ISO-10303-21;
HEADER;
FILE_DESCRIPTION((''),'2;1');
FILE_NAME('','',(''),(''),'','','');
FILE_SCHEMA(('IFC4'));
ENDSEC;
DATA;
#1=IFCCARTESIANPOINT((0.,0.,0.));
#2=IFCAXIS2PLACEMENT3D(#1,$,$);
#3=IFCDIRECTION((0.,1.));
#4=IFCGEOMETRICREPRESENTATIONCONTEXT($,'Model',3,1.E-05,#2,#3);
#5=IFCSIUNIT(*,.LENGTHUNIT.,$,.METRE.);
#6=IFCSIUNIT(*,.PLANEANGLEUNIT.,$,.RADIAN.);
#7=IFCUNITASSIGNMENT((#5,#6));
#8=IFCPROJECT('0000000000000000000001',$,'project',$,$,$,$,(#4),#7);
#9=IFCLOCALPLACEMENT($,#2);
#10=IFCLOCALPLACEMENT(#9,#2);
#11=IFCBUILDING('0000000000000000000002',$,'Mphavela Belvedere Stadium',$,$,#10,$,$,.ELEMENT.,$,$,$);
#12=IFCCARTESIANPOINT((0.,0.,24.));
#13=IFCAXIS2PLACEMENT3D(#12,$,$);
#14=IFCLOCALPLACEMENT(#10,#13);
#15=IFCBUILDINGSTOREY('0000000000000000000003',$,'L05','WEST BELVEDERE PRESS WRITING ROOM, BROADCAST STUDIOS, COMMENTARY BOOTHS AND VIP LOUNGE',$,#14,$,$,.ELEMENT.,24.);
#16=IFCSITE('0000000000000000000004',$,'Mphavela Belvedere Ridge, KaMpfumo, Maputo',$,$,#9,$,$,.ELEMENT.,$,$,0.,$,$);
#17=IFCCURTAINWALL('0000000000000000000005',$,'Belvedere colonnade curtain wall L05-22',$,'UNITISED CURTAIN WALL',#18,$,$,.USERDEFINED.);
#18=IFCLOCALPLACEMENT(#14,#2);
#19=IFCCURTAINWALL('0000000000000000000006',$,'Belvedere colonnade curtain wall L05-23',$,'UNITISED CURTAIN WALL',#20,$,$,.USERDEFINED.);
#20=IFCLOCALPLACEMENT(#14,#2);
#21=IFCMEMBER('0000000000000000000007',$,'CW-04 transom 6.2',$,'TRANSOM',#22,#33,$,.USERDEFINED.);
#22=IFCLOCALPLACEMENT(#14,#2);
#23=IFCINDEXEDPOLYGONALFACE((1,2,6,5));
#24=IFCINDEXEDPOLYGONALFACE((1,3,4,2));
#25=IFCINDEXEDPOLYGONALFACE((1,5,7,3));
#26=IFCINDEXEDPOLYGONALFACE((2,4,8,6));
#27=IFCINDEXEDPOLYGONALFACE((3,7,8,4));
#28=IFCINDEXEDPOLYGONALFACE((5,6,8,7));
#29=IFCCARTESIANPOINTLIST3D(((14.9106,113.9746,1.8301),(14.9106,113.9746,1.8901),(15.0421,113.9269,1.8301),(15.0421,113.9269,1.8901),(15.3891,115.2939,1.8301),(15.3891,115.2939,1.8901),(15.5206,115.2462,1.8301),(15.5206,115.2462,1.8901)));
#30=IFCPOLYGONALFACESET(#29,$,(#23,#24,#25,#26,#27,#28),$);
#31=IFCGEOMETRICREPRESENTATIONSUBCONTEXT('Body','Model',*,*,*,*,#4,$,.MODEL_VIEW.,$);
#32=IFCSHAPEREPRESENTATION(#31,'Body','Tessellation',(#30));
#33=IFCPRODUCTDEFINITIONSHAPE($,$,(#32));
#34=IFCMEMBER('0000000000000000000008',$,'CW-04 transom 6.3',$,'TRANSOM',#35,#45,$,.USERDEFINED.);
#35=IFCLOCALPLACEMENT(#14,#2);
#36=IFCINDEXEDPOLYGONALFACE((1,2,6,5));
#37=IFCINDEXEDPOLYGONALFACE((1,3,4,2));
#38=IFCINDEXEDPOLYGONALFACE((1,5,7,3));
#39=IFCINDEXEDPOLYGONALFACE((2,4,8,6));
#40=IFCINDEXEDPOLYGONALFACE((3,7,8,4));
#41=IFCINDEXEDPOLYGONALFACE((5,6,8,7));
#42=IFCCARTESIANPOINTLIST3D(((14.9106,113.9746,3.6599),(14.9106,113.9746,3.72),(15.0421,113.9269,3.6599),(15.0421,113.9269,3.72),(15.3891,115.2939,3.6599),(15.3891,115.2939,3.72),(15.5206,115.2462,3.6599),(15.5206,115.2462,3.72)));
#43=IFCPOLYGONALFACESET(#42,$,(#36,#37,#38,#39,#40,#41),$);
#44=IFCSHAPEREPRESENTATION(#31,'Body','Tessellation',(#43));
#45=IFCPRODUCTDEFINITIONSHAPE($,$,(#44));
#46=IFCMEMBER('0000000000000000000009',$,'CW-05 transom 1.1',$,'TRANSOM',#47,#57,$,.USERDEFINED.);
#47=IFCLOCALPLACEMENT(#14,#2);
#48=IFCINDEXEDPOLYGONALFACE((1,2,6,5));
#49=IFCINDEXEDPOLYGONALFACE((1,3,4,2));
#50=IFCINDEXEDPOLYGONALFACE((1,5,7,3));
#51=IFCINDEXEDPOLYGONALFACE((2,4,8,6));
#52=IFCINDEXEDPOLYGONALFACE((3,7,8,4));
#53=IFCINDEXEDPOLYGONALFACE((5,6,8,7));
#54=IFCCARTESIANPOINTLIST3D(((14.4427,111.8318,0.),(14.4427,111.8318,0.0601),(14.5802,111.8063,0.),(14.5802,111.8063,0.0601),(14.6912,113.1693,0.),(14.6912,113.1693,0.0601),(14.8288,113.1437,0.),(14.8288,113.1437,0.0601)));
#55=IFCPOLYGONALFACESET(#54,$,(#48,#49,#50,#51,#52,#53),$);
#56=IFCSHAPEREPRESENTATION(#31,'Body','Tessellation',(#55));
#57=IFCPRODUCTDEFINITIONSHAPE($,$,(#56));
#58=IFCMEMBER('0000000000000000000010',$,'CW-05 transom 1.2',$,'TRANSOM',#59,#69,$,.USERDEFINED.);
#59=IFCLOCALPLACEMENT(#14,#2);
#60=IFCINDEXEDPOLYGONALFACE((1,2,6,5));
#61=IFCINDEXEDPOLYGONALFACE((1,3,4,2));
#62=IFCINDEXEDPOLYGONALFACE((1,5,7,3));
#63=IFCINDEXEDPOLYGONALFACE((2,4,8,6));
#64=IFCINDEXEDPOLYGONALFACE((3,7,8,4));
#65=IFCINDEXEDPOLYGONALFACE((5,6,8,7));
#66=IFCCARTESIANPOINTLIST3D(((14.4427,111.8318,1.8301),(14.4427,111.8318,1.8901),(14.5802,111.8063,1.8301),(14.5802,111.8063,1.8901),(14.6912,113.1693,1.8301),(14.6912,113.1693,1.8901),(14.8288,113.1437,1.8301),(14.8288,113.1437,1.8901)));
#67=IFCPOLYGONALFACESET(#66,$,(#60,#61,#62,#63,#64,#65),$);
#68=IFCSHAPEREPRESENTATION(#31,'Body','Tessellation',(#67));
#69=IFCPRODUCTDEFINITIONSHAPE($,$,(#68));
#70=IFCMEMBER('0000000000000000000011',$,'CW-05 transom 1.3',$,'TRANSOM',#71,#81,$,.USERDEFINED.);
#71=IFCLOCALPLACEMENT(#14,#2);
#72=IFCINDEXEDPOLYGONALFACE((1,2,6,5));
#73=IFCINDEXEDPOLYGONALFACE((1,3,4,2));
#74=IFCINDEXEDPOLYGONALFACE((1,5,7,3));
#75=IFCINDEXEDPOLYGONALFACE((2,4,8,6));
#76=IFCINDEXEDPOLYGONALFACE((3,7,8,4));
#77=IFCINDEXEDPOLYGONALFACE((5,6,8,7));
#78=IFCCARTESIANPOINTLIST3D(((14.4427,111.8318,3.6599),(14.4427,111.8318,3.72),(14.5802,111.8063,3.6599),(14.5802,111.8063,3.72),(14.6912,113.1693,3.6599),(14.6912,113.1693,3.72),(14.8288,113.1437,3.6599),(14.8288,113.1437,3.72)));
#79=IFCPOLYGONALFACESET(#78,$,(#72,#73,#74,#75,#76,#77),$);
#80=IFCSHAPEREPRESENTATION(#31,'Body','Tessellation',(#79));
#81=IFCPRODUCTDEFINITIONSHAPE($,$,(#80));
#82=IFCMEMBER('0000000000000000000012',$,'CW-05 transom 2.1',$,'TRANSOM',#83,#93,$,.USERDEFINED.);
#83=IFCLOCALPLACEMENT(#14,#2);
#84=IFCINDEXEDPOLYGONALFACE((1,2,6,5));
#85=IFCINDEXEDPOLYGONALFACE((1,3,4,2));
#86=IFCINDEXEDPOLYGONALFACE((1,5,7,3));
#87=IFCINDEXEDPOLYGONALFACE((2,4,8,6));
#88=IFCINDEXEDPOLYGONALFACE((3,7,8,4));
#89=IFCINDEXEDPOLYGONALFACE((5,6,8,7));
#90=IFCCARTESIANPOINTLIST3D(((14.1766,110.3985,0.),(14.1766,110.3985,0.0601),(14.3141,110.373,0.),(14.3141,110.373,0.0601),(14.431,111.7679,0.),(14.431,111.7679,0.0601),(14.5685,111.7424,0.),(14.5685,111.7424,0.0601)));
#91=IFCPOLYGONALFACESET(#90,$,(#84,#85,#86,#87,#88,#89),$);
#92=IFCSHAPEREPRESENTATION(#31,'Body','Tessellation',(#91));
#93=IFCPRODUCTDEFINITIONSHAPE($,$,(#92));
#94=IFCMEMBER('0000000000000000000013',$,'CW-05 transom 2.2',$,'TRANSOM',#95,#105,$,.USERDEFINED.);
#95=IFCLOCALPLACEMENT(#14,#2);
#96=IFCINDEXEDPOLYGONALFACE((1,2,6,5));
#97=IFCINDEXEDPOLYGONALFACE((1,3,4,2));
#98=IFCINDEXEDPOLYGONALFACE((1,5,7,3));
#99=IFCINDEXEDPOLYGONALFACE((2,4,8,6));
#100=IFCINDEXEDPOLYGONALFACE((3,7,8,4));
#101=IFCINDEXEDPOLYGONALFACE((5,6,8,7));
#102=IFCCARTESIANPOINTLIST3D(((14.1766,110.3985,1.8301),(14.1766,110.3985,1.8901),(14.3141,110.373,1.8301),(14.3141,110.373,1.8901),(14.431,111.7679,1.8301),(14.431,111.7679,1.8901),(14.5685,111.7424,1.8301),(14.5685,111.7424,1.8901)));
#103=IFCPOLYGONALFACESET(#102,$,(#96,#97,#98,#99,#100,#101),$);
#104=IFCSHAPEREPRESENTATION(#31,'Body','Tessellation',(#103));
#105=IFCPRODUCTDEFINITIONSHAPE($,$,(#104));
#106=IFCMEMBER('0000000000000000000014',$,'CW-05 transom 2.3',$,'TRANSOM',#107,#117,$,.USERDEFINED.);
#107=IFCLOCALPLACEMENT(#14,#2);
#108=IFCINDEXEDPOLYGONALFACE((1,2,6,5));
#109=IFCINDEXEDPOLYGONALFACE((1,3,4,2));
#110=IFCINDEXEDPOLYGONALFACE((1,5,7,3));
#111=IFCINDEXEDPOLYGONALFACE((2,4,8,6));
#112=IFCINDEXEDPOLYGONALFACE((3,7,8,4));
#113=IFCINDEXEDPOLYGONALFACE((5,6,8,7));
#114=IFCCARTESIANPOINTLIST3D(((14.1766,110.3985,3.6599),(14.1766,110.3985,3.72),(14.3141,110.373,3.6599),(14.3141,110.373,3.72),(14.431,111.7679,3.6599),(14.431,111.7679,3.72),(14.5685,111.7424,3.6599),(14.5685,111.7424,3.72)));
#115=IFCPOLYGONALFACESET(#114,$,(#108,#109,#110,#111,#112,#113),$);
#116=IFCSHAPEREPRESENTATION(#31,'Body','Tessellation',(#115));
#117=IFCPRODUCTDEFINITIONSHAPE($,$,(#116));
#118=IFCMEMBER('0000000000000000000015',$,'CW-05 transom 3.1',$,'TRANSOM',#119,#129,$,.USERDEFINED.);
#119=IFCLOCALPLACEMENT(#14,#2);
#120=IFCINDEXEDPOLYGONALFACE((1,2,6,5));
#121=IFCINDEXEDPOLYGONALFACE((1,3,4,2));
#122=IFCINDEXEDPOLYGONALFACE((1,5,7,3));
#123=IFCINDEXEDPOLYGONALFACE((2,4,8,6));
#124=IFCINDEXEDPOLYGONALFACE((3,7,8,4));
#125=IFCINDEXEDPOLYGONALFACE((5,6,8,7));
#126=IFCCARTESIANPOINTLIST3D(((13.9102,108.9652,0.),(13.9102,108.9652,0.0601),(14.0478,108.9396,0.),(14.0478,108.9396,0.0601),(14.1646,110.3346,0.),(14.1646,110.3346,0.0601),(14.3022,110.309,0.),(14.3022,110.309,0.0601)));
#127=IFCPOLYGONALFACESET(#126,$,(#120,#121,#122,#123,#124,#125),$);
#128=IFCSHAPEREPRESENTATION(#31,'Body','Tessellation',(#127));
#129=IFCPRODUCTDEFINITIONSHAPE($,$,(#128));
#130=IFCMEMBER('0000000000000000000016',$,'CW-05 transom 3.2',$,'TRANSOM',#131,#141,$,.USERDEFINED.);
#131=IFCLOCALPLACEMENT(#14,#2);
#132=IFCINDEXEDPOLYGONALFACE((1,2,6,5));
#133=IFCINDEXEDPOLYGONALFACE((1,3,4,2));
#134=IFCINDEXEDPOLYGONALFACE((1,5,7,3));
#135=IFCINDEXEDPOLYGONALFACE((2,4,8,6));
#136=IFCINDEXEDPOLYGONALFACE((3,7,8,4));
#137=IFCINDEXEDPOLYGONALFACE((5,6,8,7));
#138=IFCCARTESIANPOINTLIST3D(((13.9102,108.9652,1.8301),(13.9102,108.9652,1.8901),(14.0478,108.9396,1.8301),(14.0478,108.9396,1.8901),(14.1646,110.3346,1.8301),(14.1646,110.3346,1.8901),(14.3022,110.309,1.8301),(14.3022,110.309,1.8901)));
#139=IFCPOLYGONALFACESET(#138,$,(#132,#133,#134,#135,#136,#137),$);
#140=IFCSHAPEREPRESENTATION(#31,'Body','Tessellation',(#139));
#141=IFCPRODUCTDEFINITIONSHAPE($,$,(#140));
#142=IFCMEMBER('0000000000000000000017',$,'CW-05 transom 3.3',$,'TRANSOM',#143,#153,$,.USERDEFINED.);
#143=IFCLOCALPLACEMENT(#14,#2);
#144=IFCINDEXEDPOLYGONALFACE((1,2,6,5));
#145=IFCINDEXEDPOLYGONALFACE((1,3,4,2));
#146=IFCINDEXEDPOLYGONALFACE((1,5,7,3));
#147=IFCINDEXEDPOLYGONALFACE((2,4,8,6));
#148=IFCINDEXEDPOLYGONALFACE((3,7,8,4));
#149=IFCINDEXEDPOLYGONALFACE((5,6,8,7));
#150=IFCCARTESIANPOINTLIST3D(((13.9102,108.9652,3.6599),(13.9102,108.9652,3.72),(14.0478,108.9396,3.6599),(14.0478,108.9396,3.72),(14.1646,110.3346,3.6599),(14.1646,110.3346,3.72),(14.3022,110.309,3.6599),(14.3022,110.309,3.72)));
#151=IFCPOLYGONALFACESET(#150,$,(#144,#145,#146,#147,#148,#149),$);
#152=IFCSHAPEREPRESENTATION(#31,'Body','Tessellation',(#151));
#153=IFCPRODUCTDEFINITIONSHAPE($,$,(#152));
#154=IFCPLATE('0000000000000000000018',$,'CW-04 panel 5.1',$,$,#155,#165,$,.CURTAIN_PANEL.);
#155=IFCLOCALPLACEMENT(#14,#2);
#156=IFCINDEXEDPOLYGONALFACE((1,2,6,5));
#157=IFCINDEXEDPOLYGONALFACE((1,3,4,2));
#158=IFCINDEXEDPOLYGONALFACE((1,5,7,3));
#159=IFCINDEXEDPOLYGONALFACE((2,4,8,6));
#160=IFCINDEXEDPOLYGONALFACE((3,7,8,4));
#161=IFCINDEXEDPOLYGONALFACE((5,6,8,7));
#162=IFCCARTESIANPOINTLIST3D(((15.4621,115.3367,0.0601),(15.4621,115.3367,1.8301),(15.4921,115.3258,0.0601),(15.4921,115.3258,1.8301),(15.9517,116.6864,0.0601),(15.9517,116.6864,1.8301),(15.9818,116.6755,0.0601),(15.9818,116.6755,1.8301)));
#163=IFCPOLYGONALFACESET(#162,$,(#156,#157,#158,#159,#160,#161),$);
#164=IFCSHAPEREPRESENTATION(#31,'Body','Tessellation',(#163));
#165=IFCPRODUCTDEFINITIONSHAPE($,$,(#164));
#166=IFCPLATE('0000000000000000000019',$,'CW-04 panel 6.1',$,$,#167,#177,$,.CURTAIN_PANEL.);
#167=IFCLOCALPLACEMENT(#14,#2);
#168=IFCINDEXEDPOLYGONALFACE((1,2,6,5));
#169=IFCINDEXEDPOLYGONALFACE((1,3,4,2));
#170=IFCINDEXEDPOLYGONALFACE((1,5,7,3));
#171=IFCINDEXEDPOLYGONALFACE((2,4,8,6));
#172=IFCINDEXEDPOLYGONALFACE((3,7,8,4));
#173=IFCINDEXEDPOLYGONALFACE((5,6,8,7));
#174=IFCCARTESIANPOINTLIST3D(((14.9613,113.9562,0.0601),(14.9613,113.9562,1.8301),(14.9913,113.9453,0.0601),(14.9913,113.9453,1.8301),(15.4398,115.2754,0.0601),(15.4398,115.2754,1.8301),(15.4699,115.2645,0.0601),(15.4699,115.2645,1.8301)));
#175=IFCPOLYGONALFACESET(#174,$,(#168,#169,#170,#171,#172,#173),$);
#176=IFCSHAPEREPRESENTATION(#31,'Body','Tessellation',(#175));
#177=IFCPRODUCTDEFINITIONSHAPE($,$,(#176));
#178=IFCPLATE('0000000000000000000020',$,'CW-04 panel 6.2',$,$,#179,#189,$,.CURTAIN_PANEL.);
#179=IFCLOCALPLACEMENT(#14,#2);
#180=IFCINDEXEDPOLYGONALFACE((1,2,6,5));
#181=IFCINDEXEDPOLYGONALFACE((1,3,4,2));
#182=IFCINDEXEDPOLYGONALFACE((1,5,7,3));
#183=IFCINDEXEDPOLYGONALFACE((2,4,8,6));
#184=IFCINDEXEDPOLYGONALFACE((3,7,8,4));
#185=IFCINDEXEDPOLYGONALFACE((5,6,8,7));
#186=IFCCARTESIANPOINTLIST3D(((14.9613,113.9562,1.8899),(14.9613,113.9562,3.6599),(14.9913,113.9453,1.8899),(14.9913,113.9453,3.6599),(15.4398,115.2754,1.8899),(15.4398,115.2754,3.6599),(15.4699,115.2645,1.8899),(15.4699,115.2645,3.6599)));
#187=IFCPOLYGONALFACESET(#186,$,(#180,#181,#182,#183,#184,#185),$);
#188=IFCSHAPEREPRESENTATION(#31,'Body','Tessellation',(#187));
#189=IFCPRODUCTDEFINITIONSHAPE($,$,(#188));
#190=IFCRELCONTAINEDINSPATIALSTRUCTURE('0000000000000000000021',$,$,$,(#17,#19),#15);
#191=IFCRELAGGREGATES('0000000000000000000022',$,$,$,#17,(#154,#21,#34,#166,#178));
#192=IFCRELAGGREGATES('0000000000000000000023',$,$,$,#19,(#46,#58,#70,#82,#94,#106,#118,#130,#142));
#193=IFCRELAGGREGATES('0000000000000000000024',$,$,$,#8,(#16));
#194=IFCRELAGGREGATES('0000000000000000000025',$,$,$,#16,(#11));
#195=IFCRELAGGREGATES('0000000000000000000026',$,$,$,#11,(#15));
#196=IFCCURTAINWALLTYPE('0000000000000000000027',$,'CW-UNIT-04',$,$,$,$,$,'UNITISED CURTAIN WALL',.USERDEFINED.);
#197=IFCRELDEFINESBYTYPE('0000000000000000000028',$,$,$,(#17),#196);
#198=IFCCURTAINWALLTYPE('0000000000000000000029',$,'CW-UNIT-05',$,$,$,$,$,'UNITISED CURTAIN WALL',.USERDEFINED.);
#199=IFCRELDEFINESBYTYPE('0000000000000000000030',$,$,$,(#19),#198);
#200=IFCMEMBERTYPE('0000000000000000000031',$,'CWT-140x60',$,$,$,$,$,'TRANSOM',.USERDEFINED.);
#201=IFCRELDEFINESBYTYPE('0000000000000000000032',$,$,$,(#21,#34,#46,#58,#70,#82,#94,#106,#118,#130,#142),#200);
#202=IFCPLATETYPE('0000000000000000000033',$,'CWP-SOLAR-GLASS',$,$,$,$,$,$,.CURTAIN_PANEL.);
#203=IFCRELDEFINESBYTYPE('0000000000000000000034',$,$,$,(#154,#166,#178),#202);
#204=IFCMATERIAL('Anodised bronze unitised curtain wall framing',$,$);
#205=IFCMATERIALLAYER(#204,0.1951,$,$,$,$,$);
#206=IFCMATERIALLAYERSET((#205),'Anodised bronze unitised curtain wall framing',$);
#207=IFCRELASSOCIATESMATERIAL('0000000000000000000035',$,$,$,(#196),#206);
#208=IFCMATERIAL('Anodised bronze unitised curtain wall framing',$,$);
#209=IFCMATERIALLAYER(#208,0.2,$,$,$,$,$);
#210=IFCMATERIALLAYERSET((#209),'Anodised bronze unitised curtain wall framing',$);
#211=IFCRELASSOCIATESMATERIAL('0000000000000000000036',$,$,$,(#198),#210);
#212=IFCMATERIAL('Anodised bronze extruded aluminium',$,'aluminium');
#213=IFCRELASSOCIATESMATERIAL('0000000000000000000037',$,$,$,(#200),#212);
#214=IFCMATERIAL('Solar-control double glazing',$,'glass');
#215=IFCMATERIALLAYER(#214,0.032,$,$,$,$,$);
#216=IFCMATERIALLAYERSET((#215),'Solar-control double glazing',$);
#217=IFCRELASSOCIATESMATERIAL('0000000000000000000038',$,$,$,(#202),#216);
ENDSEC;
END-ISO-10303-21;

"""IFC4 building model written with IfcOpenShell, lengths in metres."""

from ifc_helpers import new_model, si_unit, direction, frame, origin, origin_2d, place, context, subcontext, project, spatial, rectangle, extrude, material, layer, layer_set, material_profile, profile_set, type_object, element, aggregate, save


model = new_model("IFC4")

# Units and contexts
model_context = context("Model", 3, precision=1e-05, world=origin(), true_north=direction((0.0, 1.0)))
body_context = subcontext(model_context, "Body", "Model", "MODEL_VIEW")
ifc_project = project(units=[si_unit("LENGTHUNIT", "METRE"), si_unit("PLANEANGLEUNIT", "RADIAN")], contexts=[model_context])

# Site, building, storey
site_placement = place(None, origin())
site = spatial("IfcSite", under=ifc_project, at=site_placement, Name="Mphavela Belvedere Ridge, KaMpfumo, Maputo", CompositionType="ELEMENT", RefElevation=0.0)
building_placement = place(site_placement, origin())
building = spatial("IfcBuilding", under=site, at=building_placement, Name="Mphavela Belvedere Stadium", CompositionType="ELEMENT")
storey_placement = place(building_placement, frame((0.0, 0.0, 24.0)))
storey = spatial("IfcBuildingStorey", under=building, at=storey_placement, Name="L05", Description="WEST BELVEDERE PRESS WRITING ROOM, BROADCAST STUDIOS, COMMENTARY BOOTHS AND VIP LOUNGE", CompositionType="ELEMENT", Elevation=24.0)

# Curtain walls
ifc_material_1 = material(Name="Anodised bronze unitised curtain wall framing")
ifc_layer_1 = layer(ifc_material_1, 0.1951)
ifc_layer_set_1 = layer_set([ifc_layer_1], Name="Anodised bronze unitised curtain wall framing")
curtain_wall_type_1 = type_object("IfcCurtainWallType", Name="CW-UNIT-04", ElementType="UNITISED CURTAIN WALL", PredefinedType="USERDEFINED", material=ifc_layer_set_1)
curtain_wall_1_placement = place(storey_placement, origin())
curtain_wall_1 = element("IfcCurtainWall", 1, at=curtain_wall_1_placement, inside=storey, type_object=curtain_wall_type_1, Name="Belvedere colonnade curtain wall L05-22", ObjectType="UNITISED CURTAIN WALL", PredefinedType="USERDEFINED")
ifc_material_2 = material(Name="Anodised bronze unitised curtain wall framing")
ifc_layer_2 = layer(ifc_material_2, 0.2)
ifc_layer_set_2 = layer_set([ifc_layer_2], Name="Anodised bronze unitised curtain wall framing")
curtain_wall_type_2 = type_object("IfcCurtainWallType", Name="CW-UNIT-05", ElementType="UNITISED CURTAIN WALL", PredefinedType="USERDEFINED", material=ifc_layer_set_2)
curtain_wall_2_placement = place(storey_placement, origin())
curtain_wall_2 = element("IfcCurtainWall", 2, at=curtain_wall_2_placement, inside=storey, type_object=curtain_wall_type_2, Name="Belvedere colonnade curtain wall L05-23", ObjectType="UNITISED CURTAIN WALL", PredefinedType="USERDEFINED")

# Members
ifc_material_3 = material(Name="Anodised bronze extruded aluminium", Category="aluminium")
ifc_material_profile_1 = material_profile(ifc_material_3, rectangle(XDim=0.1399, YDim=0.0601, at=origin_2d()), Name="CW-TRN 140x60")
ifc_profile_set_1 = profile_set([ifc_material_profile_1], Name="Anodised bronze extruded aluminium")
member_type_1 = type_object("IfcMemberType", Name="CWT-140x60", ElementType="TRANSOM", PredefinedType="USERDEFINED", material=ifc_profile_set_1)
member_1_placement = place(storey_placement, frame((15.4548, 115.27, 1.8601), z_axis=(-0.340961, -0.940078, 0.0), x_axis=(0.940078, -0.340961, 0.0)))
member_1 = element("IfcMember", 3, at=member_1_placement, type_object=member_type_1, Name="CW-04 transom 6.2", ObjectType="TRANSOM", PredefinedType="USERDEFINED", context=body_context, shape_type="SweptSolid", body=[
    extrude(rectangle(XDim=0.1399, YDim=0.0601, at=origin_2d()), origin(), (0.0, 0.0, 1.0), 1.4033),
])
member_2_placement = place(storey_placement, frame((15.4548, 115.27, 3.6899), z_axis=(-0.340961, -0.940078, 0.0), x_axis=(0.940078, -0.340961, 0.0)))
member_2 = element("IfcMember", 4, at=member_2_placement, type_object=member_type_1, Name="CW-04 transom 6.3", ObjectType="TRANSOM", PredefinedType="USERDEFINED", context=body_context, shape_type="SweptSolid", body=[
    extrude(rectangle(XDim=0.1399, YDim=0.0601, at=origin_2d()), origin(), (0.0, 0.0, 1.0), 1.4033),
])
member_3_placement = place(storey_placement, frame((14.76, 113.1565, 0.03), z_axis=(-0.182706, -0.983168, 0.0), x_axis=(0.983168, -0.182706, 0.0)))
member_3 = element("IfcMember", 5, at=member_3_placement, type_object=member_type_1, Name="CW-05 transom 1.1", ObjectType="TRANSOM", PredefinedType="USERDEFINED", context=body_context, shape_type="SweptSolid", body=[
    extrude(rectangle(XDim=0.1399, YDim=0.0601, at=origin_2d()), origin(), (0.0, 0.0, 1.0), 1.3604),
])
member_4_placement = place(storey_placement, frame((14.76, 113.1565, 1.8601), z_axis=(-0.182706, -0.983168, 0.0), x_axis=(0.983168, -0.182706, 0.0)))
member_4 = element("IfcMember", 6, at=member_4_placement, type_object=member_type_1, Name="CW-05 transom 1.2", ObjectType="TRANSOM", PredefinedType="USERDEFINED", context=body_context, shape_type="SweptSolid", body=[
    extrude(rectangle(XDim=0.1399, YDim=0.0601, at=origin_2d()), origin(), (0.0, 0.0, 1.0), 1.3604),
])
member_5_placement = place(storey_placement, frame((14.76, 113.1565, 3.6899), z_axis=(-0.182706, -0.983168, 0.0), x_axis=(0.983168, -0.182706, 0.0)))
member_5 = element("IfcMember", 7, at=member_5_placement, type_object=member_type_1, Name="CW-05 transom 1.3", ObjectType="TRANSOM", PredefinedType="USERDEFINED", context=body_context, shape_type="SweptSolid", body=[
    extrude(rectangle(XDim=0.1399, YDim=0.0601, at=origin_2d()), origin(), (0.0, 0.0, 1.0), 1.3604),
])
member_6_placement = place(storey_placement, frame((14.4998, 111.7551, 0.03), z_axis=(-0.182648, -0.983178, 0.0), x_axis=(0.983178, -0.182648, 0.0)))
member_6 = element("IfcMember", 8, at=member_6_placement, type_object=member_type_1, Name="CW-05 transom 2.1", ObjectType="TRANSOM", PredefinedType="USERDEFINED", context=body_context, shape_type="SweptSolid", body=[
    extrude(rectangle(XDim=0.1399, YDim=0.0601, at=origin_2d()), origin(), (0.0, 0.0, 1.0), 1.3928),
])
member_7_placement = place(storey_placement, frame((14.4998, 111.7551, 1.8601), z_axis=(-0.182648, -0.983178, 0.0), x_axis=(0.983178, -0.182648, 0.0)))
member_7 = element("IfcMember", 9, at=member_7_placement, type_object=member_type_1, Name="CW-05 transom 2.2", ObjectType="TRANSOM", PredefinedType="USERDEFINED", context=body_context, shape_type="SweptSolid", body=[
    extrude(rectangle(XDim=0.1399, YDim=0.0601, at=origin_2d()), origin(), (0.0, 0.0, 1.0), 1.3928),
])
member_8_placement = place(storey_placement, frame((14.4998, 111.7551, 3.6899), z_axis=(-0.182648, -0.983178, 0.0), x_axis=(0.983178, -0.182648, 0.0)))
member_8 = element("IfcMember", 10, at=member_8_placement, type_object=member_type_1, Name="CW-05 transom 2.3", ObjectType="TRANSOM", PredefinedType="USERDEFINED", context=body_context, shape_type="SweptSolid", body=[
    extrude(rectangle(XDim=0.1399, YDim=0.0601, at=origin_2d()), origin(), (0.0, 0.0, 1.0), 1.3928),
])
member_9_placement = place(storey_placement, frame((14.2334, 110.3218, 0.03), z_axis=(-0.182648, -0.983178, 0.0), x_axis=(0.983178, -0.182648, 0.0)))
member_9 = element("IfcMember", 11, at=member_9_placement, type_object=member_type_1, Name="CW-05 transom 3.1", ObjectType="TRANSOM", PredefinedType="USERDEFINED", context=body_context, shape_type="SweptSolid", body=[
    extrude(rectangle(XDim=0.1399, YDim=0.0601, at=origin_2d()), origin(), (0.0, 0.0, 1.0), 1.3928),
])
member_10_placement = place(storey_placement, frame((14.2334, 110.3218, 1.8601), z_axis=(-0.182648, -0.983178, 0.0), x_axis=(0.983178, -0.182648, 0.0)))
member_10 = element("IfcMember", 12, at=member_10_placement, type_object=member_type_1, Name="CW-05 transom 3.2", ObjectType="TRANSOM", PredefinedType="USERDEFINED", context=body_context, shape_type="SweptSolid", body=[
    extrude(rectangle(XDim=0.1399, YDim=0.0601, at=origin_2d()), origin(), (0.0, 0.0, 1.0), 1.3928),
])
member_11_placement = place(storey_placement, frame((14.2334, 110.3218, 3.6899), z_axis=(-0.182648, -0.983178, 0.0), x_axis=(0.983178, -0.182648, 0.0)))
member_11 = element("IfcMember", 13, at=member_11_placement, type_object=member_type_1, Name="CW-05 transom 3.3", ObjectType="TRANSOM", PredefinedType="USERDEFINED", context=body_context, shape_type="SweptSolid", body=[
    extrude(rectangle(XDim=0.1399, YDim=0.0601, at=origin_2d()), origin(), (0.0, 0.0, 1.0), 1.3928),
])

# Plates
ifc_material_4 = material(Name="Solar-control double glazing", Category="glass")
ifc_layer_3 = layer(ifc_material_4, 0.032)
ifc_layer_set_3 = layer_set([ifc_layer_3], Name="Solar-control double glazing")
plate_type = type_object("IfcPlateType", Name="CWP-SOLAR-GLASS", PredefinedType="CURTAIN_PANEL", material=ifc_layer_set_3)
plate_1_placement = place(storey_placement, frame((15.7219, 116.0061, 0.0601), z_axis=(0.0, 0.0, 1.0), x_axis=(-0.341027, -0.940053, 0.0)))
plate_1 = element("IfcPlate", 14, at=plate_1_placement, type_object=plate_type, Name="CW-04 panel 5.1", PredefinedType="CURTAIN_PANEL", context=body_context, shape_type="SweptSolid", body=[
    extrude(rectangle(XDim=1.4358, YDim=0.032, at=origin_2d()), origin(), (0.0, 0.0, 1.0), 1.77),
])
plate_2_placement = place(storey_placement, frame((15.2156, 114.6104, 0.0601), z_axis=(0.0, 0.0, 1.0), x_axis=(-0.341027, -0.940053, 0.0)))
plate_2 = element("IfcPlate", 15, at=plate_2_placement, type_object=plate_type, Name="CW-04 panel 6.1", PredefinedType="CURTAIN_PANEL", context=body_context, shape_type="SweptSolid", body=[
    extrude(rectangle(XDim=1.4033, YDim=0.032, at=origin_2d()), origin(), (0.0, 0.0, 1.0), 1.77),
])
plate_3_placement = place(storey_placement, frame((15.2156, 114.6104, 1.8899), z_axis=(0.0, 0.0, 1.0), x_axis=(-0.341027, -0.940053, 0.0)))
plate_3 = element("IfcPlate", 16, at=plate_3_placement, type_object=plate_type, Name="CW-04 panel 6.2", PredefinedType="CURTAIN_PANEL", context=body_context, shape_type="SweptSolid", body=[
    extrude(rectangle(XDim=1.4033, YDim=0.032, at=origin_2d()), origin(), (0.0, 0.0, 1.0), 1.77),
])
aggregate(curtain_wall_1, [plate_1, member_1, member_2, plate_2, plate_3])
aggregate(curtain_wall_2, [member_3, member_4, member_5, member_6, member_7, member_8, member_9, member_10, member_11])

save(model, "model.ifc")
